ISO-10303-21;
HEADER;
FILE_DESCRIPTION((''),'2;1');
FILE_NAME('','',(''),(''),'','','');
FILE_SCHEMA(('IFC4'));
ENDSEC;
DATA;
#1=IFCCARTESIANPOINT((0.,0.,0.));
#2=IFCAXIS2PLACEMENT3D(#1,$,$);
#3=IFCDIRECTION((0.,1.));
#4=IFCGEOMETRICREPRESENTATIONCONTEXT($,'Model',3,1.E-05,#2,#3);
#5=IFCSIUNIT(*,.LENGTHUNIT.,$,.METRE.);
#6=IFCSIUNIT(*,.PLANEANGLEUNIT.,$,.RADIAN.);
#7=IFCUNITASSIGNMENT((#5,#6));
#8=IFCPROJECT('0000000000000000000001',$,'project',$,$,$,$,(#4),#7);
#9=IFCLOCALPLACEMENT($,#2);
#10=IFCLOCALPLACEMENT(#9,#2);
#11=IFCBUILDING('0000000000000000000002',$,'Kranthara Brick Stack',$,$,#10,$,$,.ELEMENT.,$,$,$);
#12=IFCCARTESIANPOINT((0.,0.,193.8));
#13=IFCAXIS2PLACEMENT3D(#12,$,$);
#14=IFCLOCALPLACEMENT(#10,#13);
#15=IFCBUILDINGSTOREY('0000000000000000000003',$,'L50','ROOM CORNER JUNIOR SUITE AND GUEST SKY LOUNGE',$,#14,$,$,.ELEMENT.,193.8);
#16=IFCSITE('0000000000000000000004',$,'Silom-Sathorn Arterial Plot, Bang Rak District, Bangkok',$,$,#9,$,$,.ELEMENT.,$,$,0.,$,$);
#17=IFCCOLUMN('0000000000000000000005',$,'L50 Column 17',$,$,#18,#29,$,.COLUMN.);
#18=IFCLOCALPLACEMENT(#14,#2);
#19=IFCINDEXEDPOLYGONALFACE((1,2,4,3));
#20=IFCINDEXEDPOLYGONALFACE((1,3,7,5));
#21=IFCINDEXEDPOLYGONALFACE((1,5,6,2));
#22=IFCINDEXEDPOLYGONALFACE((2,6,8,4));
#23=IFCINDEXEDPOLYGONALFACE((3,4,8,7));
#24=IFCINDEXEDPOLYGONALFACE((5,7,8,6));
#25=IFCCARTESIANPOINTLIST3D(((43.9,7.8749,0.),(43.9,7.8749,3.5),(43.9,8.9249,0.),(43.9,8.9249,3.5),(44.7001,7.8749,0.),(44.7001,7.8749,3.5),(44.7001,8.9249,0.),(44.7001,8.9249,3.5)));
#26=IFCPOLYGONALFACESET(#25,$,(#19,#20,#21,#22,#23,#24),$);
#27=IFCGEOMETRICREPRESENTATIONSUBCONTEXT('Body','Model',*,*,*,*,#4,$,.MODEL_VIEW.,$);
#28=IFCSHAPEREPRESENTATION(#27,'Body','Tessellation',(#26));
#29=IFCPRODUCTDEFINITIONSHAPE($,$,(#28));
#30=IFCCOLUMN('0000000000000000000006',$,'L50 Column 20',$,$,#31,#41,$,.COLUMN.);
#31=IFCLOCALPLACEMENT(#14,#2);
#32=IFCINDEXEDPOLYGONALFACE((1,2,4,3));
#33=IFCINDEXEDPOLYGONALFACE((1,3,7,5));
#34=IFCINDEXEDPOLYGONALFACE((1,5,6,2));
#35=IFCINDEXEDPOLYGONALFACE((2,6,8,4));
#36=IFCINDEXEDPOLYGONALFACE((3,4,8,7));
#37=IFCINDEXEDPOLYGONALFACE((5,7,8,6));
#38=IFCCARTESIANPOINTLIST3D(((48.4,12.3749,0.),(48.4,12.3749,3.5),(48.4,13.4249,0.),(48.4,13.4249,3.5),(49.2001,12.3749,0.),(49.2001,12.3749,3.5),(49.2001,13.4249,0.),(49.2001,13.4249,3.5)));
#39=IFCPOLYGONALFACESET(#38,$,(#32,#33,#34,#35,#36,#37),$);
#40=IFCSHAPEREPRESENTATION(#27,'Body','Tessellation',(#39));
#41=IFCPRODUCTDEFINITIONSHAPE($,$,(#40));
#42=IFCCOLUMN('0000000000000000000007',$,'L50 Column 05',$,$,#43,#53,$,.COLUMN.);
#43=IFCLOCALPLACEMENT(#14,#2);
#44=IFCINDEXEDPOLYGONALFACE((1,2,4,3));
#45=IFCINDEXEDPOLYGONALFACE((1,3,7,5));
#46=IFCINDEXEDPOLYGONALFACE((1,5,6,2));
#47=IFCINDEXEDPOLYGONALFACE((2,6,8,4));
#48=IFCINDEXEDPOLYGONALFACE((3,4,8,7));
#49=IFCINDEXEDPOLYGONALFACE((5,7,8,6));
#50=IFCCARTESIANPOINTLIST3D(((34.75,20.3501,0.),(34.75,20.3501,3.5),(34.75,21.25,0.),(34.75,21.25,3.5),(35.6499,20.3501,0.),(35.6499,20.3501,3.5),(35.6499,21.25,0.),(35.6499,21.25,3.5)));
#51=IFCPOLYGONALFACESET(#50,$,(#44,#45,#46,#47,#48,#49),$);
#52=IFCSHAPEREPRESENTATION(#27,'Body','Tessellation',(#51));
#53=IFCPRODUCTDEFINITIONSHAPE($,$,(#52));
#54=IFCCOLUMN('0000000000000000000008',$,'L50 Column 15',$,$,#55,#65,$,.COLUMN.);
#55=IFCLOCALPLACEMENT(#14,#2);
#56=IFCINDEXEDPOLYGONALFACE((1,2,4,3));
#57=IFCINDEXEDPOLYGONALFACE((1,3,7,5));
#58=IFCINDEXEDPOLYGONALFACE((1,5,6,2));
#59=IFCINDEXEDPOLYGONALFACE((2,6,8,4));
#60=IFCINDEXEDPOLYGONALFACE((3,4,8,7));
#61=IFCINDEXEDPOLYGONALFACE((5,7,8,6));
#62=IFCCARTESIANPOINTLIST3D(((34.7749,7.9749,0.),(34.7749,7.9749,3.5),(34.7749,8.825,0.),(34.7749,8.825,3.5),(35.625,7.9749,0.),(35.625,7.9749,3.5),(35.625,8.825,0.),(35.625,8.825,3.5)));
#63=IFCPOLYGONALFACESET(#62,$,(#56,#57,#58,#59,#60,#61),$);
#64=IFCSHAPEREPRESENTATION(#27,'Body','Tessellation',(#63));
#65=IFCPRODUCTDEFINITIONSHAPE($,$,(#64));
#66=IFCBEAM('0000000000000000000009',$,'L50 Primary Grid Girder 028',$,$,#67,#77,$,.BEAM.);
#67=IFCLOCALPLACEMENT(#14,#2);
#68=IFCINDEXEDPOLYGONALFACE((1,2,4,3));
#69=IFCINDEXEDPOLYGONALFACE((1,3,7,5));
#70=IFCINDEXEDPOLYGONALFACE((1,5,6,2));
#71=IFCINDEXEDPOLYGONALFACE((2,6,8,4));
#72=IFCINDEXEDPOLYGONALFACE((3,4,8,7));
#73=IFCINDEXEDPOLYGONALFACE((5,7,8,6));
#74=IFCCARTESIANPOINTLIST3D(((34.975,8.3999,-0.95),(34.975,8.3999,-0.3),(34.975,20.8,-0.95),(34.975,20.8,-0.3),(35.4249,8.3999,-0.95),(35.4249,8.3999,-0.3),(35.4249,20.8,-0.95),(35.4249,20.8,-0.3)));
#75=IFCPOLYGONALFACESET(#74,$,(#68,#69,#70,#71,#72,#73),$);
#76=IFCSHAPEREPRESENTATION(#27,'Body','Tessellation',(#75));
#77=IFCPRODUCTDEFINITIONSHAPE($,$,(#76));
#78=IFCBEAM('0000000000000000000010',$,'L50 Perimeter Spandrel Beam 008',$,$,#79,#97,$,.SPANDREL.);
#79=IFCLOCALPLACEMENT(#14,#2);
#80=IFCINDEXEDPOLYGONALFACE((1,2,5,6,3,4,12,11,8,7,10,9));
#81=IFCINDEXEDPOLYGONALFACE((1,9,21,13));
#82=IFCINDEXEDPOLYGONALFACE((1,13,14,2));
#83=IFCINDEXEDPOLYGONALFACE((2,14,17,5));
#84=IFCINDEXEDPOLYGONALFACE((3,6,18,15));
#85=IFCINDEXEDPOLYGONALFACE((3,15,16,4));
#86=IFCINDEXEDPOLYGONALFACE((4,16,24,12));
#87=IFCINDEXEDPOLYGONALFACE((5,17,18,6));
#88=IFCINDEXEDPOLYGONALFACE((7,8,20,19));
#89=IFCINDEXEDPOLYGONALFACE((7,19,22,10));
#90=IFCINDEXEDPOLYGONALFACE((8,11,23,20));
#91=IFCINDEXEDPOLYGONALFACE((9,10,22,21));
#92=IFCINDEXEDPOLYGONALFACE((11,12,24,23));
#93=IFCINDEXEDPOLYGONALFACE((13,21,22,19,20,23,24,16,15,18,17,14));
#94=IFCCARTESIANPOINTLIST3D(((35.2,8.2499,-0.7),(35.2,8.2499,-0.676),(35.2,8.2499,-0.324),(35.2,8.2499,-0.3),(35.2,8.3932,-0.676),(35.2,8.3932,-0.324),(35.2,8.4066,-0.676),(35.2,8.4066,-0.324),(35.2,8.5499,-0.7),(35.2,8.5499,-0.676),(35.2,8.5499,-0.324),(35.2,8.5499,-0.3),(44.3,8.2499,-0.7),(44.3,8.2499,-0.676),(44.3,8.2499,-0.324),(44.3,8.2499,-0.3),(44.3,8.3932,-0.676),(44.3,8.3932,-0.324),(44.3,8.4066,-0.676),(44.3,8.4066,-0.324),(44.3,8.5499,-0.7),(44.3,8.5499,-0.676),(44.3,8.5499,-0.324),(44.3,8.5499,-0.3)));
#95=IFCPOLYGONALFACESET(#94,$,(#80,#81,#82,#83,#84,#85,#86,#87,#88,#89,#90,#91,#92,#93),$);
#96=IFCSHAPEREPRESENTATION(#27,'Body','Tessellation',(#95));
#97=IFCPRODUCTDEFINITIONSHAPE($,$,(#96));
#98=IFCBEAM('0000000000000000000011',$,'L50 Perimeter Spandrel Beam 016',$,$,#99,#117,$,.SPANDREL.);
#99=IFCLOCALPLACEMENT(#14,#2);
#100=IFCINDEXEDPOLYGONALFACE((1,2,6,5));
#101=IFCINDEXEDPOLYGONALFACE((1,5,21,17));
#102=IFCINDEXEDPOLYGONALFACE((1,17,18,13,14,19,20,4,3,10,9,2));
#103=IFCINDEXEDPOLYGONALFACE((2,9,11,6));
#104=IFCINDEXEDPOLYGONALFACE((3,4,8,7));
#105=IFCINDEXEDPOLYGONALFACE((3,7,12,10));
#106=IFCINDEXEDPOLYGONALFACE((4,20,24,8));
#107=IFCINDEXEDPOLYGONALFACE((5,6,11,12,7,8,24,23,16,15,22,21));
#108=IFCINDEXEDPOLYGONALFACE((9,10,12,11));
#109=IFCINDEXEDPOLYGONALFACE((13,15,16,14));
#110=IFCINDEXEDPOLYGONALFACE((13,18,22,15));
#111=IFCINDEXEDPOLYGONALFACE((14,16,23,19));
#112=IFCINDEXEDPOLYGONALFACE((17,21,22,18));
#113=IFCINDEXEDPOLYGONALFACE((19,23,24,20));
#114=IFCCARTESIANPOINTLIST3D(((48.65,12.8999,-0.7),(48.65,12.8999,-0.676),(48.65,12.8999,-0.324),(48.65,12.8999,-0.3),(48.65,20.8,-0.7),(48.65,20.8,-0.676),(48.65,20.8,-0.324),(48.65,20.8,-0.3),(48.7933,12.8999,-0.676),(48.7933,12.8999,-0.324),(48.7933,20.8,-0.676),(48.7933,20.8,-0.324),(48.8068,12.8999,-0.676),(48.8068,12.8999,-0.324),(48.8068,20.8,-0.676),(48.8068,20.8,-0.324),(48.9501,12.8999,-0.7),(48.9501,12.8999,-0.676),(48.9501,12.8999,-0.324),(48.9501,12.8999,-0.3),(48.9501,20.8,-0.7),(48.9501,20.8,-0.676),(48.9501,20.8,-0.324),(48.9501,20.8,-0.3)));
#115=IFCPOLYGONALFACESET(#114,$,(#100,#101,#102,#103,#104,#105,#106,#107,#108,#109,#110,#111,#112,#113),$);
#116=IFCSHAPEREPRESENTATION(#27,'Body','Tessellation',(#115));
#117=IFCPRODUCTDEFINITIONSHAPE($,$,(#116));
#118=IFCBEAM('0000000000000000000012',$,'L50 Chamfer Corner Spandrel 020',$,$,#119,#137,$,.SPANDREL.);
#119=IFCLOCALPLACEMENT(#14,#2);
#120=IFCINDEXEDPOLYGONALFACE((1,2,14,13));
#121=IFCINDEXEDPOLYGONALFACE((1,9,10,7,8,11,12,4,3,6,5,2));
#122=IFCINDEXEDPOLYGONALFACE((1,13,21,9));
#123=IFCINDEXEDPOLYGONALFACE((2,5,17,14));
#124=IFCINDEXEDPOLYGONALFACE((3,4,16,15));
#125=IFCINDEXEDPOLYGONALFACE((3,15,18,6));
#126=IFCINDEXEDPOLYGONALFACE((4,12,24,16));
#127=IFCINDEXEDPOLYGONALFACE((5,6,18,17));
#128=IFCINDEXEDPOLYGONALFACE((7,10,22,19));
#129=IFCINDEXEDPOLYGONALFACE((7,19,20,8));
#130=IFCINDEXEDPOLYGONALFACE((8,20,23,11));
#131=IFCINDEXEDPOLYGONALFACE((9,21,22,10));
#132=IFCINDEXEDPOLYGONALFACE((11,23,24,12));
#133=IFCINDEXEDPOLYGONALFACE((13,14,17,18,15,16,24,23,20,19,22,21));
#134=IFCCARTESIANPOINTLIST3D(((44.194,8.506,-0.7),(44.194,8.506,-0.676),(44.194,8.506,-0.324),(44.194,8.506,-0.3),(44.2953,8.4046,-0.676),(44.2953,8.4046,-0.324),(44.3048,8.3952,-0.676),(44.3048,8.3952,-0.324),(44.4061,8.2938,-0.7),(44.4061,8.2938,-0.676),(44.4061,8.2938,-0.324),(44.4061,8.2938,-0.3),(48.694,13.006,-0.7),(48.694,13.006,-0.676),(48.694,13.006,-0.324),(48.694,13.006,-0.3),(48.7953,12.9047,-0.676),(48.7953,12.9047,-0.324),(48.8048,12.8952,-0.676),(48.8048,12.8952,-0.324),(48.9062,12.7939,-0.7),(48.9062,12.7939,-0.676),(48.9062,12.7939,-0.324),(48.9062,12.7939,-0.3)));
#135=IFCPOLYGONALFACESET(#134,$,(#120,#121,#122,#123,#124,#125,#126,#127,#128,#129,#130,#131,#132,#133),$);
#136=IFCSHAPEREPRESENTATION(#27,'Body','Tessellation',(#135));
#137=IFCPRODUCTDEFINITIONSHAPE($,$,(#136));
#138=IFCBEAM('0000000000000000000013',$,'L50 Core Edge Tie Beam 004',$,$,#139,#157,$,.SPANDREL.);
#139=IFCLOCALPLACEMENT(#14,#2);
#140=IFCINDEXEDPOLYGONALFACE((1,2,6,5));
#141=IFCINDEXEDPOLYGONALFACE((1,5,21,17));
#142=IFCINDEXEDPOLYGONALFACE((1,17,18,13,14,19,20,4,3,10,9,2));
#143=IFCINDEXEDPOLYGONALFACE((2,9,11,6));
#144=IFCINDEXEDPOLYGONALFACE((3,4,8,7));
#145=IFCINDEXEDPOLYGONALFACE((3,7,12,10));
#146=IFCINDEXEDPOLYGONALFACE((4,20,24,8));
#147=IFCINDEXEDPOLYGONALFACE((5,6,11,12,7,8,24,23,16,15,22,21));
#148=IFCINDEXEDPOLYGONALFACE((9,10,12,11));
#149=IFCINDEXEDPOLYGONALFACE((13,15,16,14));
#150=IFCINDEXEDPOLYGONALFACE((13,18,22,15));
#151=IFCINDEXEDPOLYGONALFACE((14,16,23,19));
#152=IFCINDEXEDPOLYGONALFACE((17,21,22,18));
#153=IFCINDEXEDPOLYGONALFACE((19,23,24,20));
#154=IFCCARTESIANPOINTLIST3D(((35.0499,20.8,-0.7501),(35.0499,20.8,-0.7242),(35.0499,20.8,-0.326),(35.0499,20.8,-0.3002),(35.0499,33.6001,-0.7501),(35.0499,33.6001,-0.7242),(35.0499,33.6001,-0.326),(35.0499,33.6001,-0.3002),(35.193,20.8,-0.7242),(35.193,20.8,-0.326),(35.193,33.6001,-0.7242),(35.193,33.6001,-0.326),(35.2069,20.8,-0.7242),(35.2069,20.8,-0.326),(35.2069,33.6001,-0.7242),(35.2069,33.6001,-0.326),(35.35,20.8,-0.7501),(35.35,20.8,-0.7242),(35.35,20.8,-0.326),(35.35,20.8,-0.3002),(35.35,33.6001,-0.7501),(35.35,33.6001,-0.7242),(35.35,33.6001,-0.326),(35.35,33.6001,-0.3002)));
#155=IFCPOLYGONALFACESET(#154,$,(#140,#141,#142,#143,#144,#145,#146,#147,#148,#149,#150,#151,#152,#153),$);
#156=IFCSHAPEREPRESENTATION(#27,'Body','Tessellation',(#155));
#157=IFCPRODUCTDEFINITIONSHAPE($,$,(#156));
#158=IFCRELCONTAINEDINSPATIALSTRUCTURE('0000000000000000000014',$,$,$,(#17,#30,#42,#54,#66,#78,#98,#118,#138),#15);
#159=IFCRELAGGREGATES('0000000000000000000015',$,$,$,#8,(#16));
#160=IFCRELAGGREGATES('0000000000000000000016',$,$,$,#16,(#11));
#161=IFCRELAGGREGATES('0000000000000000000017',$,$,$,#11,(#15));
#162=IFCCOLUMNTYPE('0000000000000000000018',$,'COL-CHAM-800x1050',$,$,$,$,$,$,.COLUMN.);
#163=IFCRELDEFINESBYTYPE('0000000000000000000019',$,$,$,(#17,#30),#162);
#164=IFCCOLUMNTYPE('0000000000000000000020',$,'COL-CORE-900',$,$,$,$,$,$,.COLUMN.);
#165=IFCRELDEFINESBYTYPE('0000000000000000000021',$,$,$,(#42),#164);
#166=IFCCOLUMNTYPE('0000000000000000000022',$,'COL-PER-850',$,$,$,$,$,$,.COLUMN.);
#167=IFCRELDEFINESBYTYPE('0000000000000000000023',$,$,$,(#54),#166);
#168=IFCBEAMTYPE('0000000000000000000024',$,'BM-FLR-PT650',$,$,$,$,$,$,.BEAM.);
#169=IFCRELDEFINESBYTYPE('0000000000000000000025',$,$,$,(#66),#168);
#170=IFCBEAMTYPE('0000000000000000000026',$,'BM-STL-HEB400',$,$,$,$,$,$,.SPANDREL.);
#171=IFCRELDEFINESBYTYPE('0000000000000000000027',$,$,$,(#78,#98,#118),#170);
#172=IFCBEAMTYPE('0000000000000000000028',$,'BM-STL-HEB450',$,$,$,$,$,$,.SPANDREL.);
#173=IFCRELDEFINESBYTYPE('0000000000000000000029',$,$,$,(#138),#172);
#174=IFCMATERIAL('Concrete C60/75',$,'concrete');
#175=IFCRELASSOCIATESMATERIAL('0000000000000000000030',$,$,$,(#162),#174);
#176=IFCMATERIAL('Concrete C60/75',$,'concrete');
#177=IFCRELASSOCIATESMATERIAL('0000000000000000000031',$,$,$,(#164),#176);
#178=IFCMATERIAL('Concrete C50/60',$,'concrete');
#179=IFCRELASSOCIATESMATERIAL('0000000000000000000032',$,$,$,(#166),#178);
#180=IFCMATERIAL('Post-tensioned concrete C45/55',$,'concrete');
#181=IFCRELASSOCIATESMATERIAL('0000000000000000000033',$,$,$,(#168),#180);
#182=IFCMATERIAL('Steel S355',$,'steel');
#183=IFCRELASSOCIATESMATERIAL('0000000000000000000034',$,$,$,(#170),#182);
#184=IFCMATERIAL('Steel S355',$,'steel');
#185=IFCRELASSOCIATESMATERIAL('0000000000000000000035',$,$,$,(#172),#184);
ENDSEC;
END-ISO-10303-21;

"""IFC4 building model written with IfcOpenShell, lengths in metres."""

from ifc_helpers import new_model, si_unit, direction, frame, origin, origin_2d, place, context, subcontext, project, spatial, rectangle, i_section, extrude, material, material_profile, profile_set, type_object, element, save


model = new_model("IFC4")

# Units and contexts
model_context = context("Model", 3, precision=1e-05, world=origin(), true_north=direction((0.0, 1.0)))
body_context = subcontext(model_context, "Body", "Model", "MODEL_VIEW")
ifc_project = project(units=[si_unit("LENGTHUNIT", "METRE"), si_unit("PLANEANGLEUNIT", "RADIAN")], contexts=[model_context])

# Site, building, storey
site_placement = place(None, origin())
site = spatial("IfcSite", under=ifc_project, at=site_placement, Name="Silom-Sathorn Arterial Plot, Bang Rak District, Bangkok", CompositionType="ELEMENT", RefElevation=0.0)
building_placement = place(site_placement, origin())
building = spatial("IfcBuilding", under=site, at=building_placement, Name="Kranthara Brick Stack", CompositionType="ELEMENT")
storey_placement = place(building_placement, frame((0.0, 0.0, 193.8)))
storey = spatial("IfcBuildingStorey", under=building, at=storey_placement, Name="L50", Description="ROOM CORNER JUNIOR SUITE AND GUEST SKY LOUNGE", CompositionType="ELEMENT", Elevation=193.8)

# Columns
ifc_material_1 = material(Name="Concrete C60/75", Category="concrete")
ifc_material_profile_1 = material_profile(ifc_material_1, rectangle(XDim=0.8, YDim=1.05, at=origin_2d()), Name="RC 800x1050")
ifc_profile_set_1 = profile_set([ifc_material_profile_1], Name="Concrete C60/75")
column_type_1 = type_object("IfcColumnType", Name="COL-CHAM-800x1050", PredefinedType="COLUMN", material=ifc_profile_set_1)
for number, where, z_axis, x_axis, name in (
    (1, (44.3, 8.3999, 0.0), (0.0, 0.0, 1.0), (1.0, 0.0, 0.0), "L50 Column 17"),
    (2, (48.8, 12.8999, 0.0), (0.0, 0.0, 1.0), (1.0, 0.0, 0.0), "L50 Column 20"),
):
    element("IfcColumn", number, at=place(storey_placement, frame(where, z_axis=z_axis, x_axis=x_axis)), inside=storey, type_object=column_type_1, Name=name, PredefinedType="COLUMN", context=body_context, shape_type="SweptSolid", body=[
        extrude(rectangle(XDim=0.8, YDim=1.05, at=origin_2d()), origin(), (0.0, 0.0, 1.0), 3.5),
    ])
ifc_material_2 = material(Name="Concrete C60/75", Category="concrete")
ifc_material_profile_2 = material_profile(ifc_material_2, rectangle(XDim=0.8999, YDim=0.8999, at=origin_2d()), Name="RC 900x900")
ifc_profile_set_2 = profile_set([ifc_material_profile_2], Name="Concrete C60/75")
column_type_2 = type_object("IfcColumnType", Name="COL-CORE-900", PredefinedType="COLUMN", material=ifc_profile_set_2)
column_1_placement = place(storey_placement, frame((35.2, 20.8, 0.0), z_axis=(0.0, 0.0, 1.0), x_axis=(1.0, 0.0, 0.0)))
element("IfcColumn", 3, at=column_1_placement, inside=storey, type_object=column_type_2, Name="L50 Column 05", PredefinedType="COLUMN", context=body_context, shape_type="SweptSolid", body=[
    extrude(rectangle(XDim=0.8999, YDim=0.8999, at=origin_2d()), origin(), (0.0, 0.0, 1.0), 3.5),
])
ifc_material_3 = material(Name="Concrete C50/60", Category="concrete")
ifc_material_profile_3 = material_profile(ifc_material_3, rectangle(XDim=0.8501, YDim=0.8501, at=origin_2d()), Name="RC 850x850")
ifc_profile_set_3 = profile_set([ifc_material_profile_3], Name="Concrete C50/60")
column_type_3 = type_object("IfcColumnType", Name="COL-PER-850", PredefinedType="COLUMN", material=ifc_profile_set_3)
column_2_placement = place(storey_placement, frame((35.2, 8.3999, 0.0), z_axis=(0.0, 0.0, 1.0), x_axis=(1.0, 0.0, 0.0)))
element("IfcColumn", 4, at=column_2_placement, inside=storey, type_object=column_type_3, Name="L50 Column 15", PredefinedType="COLUMN", context=body_context, shape_type="SweptSolid", body=[
    extrude(rectangle(XDim=0.8501, YDim=0.8501, at=origin_2d()), origin(), (0.0, 0.0, 1.0), 3.5),
])

# Beams
ifc_material_4 = material(Name="Post-tensioned concrete C45/55", Category="concrete")
ifc_material_profile_4 = material_profile(ifc_material_4, rectangle(XDim=0.45, YDim=0.6499, at=origin_2d()), Name="PT 450x650")
ifc_profile_set_4 = profile_set([ifc_material_profile_4], Name="Post-tensioned concrete C45/55")
beam_type_1 = type_object("IfcBeamType", Name="BM-FLR-PT650", PredefinedType="BEAM", material=ifc_profile_set_4)
beam_1_placement = place(storey_placement, frame((35.2, 8.3999, -0.625), z_axis=(0.0, 1.0, 0.0), x_axis=(-1.0, 0.0, 0.0)))
element("IfcBeam", 5, at=beam_1_placement, inside=storey, type_object=beam_type_1, Name="L50 Primary Grid Girder 028", PredefinedType="BEAM", context=body_context, shape_type="SweptSolid", body=[
    extrude(rectangle(XDim=0.45, YDim=0.6499, at=origin_2d()), origin(), (0.0, 0.0, 1.0), 12.4001),
])
ifc_material_5 = material(Name="Steel S355", Category="steel")
ifc_material_profile_5 = material_profile(ifc_material_5, i_section(OverallWidth=0.3, OverallDepth=0.3999, WebThickness=0.0134, FlangeThickness=0.0239, at=origin_2d()), Name="HEB 400")
ifc_profile_set_5 = profile_set([ifc_material_profile_5], Name="Steel S355")
beam_type_2 = type_object("IfcBeamType", Name="BM-STL-HEB400", PredefinedType="SPANDREL", material=ifc_profile_set_5)
beam_2_placement = place(storey_placement, frame((35.2, 8.3999, -0.5), z_axis=(1.0, 0.0, 0.0), x_axis=(0.0, 1.0, 0.0)))
element("IfcBeam", 6, at=beam_2_placement, inside=storey, type_object=beam_type_2, Name="L50 Perimeter Spandrel Beam 008", PredefinedType="SPANDREL", context=body_context, shape_type="SweptSolid", body=[
    extrude(i_section(OverallWidth=0.3, OverallDepth=0.3999, WebThickness=0.0134, FlangeThickness=0.0239, at=origin_2d()), origin(), (0.0, 0.0, 1.0), 9.1001),
])
beam_3_placement = place(storey_placement, frame((48.8, 12.8999, -0.5), z_axis=(0.0, 1.0, 0.0), x_axis=(-1.0, 0.0, 0.0)))
element("IfcBeam", 7, at=beam_3_placement, inside=storey, type_object=beam_type_2, Name="L50 Perimeter Spandrel Beam 016", PredefinedType="SPANDREL", context=body_context, shape_type="SweptSolid", body=[
    extrude(i_section(OverallWidth=0.3, OverallDepth=0.3999, WebThickness=0.0134, FlangeThickness=0.0239, at=origin_2d()), origin(), (0.0, 0.0, 1.0), 7.9001),
])
beam_4_placement = place(storey_placement, frame((44.3, 8.3999, -0.5), z_axis=(0.707107, 0.707107, 0.0), x_axis=(-0.707107, 0.707107, 0.0)))
element("IfcBeam", 8, at=beam_4_placement, inside=storey, type_object=beam_type_2, Name="L50 Chamfer Corner Spandrel 020", PredefinedType="SPANDREL", context=body_context, shape_type="SweptSolid", body=[
    extrude(i_section(OverallWidth=0.3, OverallDepth=0.3999, WebThickness=0.0134, FlangeThickness=0.0239, at=origin_2d()), origin(), (0.0, 0.0, 1.0), 6.364),
])
ifc_material_6 = material(Name="Steel S355", Category="steel")
ifc_material_profile_6 = material_profile(ifc_material_6, i_section(OverallWidth=0.3, OverallDepth=0.45, WebThickness=0.0139, FlangeThickness=0.0259, at=origin_2d()), Name="HEB 450")
ifc_profile_set_6 = profile_set([ifc_material_profile_6], Name="Steel S355")
beam_type_3 = type_object("IfcBeamType", Name="BM-STL-HEB450", PredefinedType="SPANDREL", material=ifc_profile_set_6)
beam_5_placement = place(storey_placement, frame((35.2, 20.8, -0.5251), z_axis=(0.0, 1.0, 0.0), x_axis=(-1.0, 0.0, 0.0)))
element("IfcBeam", 9, at=beam_5_placement, inside=storey, type_object=beam_type_3, Name="L50 Core Edge Tie Beam 004", PredefinedType="SPANDREL", context=body_context, shape_type="SweptSolid", body=[
    extrude(i_section(OverallWidth=0.3, OverallDepth=0.45, WebThickness=0.0139, FlangeThickness=0.0259, at=origin_2d()), origin(), (0.0, 0.0, 1.0), 12.8),
])

save(model, "model.ifc")
